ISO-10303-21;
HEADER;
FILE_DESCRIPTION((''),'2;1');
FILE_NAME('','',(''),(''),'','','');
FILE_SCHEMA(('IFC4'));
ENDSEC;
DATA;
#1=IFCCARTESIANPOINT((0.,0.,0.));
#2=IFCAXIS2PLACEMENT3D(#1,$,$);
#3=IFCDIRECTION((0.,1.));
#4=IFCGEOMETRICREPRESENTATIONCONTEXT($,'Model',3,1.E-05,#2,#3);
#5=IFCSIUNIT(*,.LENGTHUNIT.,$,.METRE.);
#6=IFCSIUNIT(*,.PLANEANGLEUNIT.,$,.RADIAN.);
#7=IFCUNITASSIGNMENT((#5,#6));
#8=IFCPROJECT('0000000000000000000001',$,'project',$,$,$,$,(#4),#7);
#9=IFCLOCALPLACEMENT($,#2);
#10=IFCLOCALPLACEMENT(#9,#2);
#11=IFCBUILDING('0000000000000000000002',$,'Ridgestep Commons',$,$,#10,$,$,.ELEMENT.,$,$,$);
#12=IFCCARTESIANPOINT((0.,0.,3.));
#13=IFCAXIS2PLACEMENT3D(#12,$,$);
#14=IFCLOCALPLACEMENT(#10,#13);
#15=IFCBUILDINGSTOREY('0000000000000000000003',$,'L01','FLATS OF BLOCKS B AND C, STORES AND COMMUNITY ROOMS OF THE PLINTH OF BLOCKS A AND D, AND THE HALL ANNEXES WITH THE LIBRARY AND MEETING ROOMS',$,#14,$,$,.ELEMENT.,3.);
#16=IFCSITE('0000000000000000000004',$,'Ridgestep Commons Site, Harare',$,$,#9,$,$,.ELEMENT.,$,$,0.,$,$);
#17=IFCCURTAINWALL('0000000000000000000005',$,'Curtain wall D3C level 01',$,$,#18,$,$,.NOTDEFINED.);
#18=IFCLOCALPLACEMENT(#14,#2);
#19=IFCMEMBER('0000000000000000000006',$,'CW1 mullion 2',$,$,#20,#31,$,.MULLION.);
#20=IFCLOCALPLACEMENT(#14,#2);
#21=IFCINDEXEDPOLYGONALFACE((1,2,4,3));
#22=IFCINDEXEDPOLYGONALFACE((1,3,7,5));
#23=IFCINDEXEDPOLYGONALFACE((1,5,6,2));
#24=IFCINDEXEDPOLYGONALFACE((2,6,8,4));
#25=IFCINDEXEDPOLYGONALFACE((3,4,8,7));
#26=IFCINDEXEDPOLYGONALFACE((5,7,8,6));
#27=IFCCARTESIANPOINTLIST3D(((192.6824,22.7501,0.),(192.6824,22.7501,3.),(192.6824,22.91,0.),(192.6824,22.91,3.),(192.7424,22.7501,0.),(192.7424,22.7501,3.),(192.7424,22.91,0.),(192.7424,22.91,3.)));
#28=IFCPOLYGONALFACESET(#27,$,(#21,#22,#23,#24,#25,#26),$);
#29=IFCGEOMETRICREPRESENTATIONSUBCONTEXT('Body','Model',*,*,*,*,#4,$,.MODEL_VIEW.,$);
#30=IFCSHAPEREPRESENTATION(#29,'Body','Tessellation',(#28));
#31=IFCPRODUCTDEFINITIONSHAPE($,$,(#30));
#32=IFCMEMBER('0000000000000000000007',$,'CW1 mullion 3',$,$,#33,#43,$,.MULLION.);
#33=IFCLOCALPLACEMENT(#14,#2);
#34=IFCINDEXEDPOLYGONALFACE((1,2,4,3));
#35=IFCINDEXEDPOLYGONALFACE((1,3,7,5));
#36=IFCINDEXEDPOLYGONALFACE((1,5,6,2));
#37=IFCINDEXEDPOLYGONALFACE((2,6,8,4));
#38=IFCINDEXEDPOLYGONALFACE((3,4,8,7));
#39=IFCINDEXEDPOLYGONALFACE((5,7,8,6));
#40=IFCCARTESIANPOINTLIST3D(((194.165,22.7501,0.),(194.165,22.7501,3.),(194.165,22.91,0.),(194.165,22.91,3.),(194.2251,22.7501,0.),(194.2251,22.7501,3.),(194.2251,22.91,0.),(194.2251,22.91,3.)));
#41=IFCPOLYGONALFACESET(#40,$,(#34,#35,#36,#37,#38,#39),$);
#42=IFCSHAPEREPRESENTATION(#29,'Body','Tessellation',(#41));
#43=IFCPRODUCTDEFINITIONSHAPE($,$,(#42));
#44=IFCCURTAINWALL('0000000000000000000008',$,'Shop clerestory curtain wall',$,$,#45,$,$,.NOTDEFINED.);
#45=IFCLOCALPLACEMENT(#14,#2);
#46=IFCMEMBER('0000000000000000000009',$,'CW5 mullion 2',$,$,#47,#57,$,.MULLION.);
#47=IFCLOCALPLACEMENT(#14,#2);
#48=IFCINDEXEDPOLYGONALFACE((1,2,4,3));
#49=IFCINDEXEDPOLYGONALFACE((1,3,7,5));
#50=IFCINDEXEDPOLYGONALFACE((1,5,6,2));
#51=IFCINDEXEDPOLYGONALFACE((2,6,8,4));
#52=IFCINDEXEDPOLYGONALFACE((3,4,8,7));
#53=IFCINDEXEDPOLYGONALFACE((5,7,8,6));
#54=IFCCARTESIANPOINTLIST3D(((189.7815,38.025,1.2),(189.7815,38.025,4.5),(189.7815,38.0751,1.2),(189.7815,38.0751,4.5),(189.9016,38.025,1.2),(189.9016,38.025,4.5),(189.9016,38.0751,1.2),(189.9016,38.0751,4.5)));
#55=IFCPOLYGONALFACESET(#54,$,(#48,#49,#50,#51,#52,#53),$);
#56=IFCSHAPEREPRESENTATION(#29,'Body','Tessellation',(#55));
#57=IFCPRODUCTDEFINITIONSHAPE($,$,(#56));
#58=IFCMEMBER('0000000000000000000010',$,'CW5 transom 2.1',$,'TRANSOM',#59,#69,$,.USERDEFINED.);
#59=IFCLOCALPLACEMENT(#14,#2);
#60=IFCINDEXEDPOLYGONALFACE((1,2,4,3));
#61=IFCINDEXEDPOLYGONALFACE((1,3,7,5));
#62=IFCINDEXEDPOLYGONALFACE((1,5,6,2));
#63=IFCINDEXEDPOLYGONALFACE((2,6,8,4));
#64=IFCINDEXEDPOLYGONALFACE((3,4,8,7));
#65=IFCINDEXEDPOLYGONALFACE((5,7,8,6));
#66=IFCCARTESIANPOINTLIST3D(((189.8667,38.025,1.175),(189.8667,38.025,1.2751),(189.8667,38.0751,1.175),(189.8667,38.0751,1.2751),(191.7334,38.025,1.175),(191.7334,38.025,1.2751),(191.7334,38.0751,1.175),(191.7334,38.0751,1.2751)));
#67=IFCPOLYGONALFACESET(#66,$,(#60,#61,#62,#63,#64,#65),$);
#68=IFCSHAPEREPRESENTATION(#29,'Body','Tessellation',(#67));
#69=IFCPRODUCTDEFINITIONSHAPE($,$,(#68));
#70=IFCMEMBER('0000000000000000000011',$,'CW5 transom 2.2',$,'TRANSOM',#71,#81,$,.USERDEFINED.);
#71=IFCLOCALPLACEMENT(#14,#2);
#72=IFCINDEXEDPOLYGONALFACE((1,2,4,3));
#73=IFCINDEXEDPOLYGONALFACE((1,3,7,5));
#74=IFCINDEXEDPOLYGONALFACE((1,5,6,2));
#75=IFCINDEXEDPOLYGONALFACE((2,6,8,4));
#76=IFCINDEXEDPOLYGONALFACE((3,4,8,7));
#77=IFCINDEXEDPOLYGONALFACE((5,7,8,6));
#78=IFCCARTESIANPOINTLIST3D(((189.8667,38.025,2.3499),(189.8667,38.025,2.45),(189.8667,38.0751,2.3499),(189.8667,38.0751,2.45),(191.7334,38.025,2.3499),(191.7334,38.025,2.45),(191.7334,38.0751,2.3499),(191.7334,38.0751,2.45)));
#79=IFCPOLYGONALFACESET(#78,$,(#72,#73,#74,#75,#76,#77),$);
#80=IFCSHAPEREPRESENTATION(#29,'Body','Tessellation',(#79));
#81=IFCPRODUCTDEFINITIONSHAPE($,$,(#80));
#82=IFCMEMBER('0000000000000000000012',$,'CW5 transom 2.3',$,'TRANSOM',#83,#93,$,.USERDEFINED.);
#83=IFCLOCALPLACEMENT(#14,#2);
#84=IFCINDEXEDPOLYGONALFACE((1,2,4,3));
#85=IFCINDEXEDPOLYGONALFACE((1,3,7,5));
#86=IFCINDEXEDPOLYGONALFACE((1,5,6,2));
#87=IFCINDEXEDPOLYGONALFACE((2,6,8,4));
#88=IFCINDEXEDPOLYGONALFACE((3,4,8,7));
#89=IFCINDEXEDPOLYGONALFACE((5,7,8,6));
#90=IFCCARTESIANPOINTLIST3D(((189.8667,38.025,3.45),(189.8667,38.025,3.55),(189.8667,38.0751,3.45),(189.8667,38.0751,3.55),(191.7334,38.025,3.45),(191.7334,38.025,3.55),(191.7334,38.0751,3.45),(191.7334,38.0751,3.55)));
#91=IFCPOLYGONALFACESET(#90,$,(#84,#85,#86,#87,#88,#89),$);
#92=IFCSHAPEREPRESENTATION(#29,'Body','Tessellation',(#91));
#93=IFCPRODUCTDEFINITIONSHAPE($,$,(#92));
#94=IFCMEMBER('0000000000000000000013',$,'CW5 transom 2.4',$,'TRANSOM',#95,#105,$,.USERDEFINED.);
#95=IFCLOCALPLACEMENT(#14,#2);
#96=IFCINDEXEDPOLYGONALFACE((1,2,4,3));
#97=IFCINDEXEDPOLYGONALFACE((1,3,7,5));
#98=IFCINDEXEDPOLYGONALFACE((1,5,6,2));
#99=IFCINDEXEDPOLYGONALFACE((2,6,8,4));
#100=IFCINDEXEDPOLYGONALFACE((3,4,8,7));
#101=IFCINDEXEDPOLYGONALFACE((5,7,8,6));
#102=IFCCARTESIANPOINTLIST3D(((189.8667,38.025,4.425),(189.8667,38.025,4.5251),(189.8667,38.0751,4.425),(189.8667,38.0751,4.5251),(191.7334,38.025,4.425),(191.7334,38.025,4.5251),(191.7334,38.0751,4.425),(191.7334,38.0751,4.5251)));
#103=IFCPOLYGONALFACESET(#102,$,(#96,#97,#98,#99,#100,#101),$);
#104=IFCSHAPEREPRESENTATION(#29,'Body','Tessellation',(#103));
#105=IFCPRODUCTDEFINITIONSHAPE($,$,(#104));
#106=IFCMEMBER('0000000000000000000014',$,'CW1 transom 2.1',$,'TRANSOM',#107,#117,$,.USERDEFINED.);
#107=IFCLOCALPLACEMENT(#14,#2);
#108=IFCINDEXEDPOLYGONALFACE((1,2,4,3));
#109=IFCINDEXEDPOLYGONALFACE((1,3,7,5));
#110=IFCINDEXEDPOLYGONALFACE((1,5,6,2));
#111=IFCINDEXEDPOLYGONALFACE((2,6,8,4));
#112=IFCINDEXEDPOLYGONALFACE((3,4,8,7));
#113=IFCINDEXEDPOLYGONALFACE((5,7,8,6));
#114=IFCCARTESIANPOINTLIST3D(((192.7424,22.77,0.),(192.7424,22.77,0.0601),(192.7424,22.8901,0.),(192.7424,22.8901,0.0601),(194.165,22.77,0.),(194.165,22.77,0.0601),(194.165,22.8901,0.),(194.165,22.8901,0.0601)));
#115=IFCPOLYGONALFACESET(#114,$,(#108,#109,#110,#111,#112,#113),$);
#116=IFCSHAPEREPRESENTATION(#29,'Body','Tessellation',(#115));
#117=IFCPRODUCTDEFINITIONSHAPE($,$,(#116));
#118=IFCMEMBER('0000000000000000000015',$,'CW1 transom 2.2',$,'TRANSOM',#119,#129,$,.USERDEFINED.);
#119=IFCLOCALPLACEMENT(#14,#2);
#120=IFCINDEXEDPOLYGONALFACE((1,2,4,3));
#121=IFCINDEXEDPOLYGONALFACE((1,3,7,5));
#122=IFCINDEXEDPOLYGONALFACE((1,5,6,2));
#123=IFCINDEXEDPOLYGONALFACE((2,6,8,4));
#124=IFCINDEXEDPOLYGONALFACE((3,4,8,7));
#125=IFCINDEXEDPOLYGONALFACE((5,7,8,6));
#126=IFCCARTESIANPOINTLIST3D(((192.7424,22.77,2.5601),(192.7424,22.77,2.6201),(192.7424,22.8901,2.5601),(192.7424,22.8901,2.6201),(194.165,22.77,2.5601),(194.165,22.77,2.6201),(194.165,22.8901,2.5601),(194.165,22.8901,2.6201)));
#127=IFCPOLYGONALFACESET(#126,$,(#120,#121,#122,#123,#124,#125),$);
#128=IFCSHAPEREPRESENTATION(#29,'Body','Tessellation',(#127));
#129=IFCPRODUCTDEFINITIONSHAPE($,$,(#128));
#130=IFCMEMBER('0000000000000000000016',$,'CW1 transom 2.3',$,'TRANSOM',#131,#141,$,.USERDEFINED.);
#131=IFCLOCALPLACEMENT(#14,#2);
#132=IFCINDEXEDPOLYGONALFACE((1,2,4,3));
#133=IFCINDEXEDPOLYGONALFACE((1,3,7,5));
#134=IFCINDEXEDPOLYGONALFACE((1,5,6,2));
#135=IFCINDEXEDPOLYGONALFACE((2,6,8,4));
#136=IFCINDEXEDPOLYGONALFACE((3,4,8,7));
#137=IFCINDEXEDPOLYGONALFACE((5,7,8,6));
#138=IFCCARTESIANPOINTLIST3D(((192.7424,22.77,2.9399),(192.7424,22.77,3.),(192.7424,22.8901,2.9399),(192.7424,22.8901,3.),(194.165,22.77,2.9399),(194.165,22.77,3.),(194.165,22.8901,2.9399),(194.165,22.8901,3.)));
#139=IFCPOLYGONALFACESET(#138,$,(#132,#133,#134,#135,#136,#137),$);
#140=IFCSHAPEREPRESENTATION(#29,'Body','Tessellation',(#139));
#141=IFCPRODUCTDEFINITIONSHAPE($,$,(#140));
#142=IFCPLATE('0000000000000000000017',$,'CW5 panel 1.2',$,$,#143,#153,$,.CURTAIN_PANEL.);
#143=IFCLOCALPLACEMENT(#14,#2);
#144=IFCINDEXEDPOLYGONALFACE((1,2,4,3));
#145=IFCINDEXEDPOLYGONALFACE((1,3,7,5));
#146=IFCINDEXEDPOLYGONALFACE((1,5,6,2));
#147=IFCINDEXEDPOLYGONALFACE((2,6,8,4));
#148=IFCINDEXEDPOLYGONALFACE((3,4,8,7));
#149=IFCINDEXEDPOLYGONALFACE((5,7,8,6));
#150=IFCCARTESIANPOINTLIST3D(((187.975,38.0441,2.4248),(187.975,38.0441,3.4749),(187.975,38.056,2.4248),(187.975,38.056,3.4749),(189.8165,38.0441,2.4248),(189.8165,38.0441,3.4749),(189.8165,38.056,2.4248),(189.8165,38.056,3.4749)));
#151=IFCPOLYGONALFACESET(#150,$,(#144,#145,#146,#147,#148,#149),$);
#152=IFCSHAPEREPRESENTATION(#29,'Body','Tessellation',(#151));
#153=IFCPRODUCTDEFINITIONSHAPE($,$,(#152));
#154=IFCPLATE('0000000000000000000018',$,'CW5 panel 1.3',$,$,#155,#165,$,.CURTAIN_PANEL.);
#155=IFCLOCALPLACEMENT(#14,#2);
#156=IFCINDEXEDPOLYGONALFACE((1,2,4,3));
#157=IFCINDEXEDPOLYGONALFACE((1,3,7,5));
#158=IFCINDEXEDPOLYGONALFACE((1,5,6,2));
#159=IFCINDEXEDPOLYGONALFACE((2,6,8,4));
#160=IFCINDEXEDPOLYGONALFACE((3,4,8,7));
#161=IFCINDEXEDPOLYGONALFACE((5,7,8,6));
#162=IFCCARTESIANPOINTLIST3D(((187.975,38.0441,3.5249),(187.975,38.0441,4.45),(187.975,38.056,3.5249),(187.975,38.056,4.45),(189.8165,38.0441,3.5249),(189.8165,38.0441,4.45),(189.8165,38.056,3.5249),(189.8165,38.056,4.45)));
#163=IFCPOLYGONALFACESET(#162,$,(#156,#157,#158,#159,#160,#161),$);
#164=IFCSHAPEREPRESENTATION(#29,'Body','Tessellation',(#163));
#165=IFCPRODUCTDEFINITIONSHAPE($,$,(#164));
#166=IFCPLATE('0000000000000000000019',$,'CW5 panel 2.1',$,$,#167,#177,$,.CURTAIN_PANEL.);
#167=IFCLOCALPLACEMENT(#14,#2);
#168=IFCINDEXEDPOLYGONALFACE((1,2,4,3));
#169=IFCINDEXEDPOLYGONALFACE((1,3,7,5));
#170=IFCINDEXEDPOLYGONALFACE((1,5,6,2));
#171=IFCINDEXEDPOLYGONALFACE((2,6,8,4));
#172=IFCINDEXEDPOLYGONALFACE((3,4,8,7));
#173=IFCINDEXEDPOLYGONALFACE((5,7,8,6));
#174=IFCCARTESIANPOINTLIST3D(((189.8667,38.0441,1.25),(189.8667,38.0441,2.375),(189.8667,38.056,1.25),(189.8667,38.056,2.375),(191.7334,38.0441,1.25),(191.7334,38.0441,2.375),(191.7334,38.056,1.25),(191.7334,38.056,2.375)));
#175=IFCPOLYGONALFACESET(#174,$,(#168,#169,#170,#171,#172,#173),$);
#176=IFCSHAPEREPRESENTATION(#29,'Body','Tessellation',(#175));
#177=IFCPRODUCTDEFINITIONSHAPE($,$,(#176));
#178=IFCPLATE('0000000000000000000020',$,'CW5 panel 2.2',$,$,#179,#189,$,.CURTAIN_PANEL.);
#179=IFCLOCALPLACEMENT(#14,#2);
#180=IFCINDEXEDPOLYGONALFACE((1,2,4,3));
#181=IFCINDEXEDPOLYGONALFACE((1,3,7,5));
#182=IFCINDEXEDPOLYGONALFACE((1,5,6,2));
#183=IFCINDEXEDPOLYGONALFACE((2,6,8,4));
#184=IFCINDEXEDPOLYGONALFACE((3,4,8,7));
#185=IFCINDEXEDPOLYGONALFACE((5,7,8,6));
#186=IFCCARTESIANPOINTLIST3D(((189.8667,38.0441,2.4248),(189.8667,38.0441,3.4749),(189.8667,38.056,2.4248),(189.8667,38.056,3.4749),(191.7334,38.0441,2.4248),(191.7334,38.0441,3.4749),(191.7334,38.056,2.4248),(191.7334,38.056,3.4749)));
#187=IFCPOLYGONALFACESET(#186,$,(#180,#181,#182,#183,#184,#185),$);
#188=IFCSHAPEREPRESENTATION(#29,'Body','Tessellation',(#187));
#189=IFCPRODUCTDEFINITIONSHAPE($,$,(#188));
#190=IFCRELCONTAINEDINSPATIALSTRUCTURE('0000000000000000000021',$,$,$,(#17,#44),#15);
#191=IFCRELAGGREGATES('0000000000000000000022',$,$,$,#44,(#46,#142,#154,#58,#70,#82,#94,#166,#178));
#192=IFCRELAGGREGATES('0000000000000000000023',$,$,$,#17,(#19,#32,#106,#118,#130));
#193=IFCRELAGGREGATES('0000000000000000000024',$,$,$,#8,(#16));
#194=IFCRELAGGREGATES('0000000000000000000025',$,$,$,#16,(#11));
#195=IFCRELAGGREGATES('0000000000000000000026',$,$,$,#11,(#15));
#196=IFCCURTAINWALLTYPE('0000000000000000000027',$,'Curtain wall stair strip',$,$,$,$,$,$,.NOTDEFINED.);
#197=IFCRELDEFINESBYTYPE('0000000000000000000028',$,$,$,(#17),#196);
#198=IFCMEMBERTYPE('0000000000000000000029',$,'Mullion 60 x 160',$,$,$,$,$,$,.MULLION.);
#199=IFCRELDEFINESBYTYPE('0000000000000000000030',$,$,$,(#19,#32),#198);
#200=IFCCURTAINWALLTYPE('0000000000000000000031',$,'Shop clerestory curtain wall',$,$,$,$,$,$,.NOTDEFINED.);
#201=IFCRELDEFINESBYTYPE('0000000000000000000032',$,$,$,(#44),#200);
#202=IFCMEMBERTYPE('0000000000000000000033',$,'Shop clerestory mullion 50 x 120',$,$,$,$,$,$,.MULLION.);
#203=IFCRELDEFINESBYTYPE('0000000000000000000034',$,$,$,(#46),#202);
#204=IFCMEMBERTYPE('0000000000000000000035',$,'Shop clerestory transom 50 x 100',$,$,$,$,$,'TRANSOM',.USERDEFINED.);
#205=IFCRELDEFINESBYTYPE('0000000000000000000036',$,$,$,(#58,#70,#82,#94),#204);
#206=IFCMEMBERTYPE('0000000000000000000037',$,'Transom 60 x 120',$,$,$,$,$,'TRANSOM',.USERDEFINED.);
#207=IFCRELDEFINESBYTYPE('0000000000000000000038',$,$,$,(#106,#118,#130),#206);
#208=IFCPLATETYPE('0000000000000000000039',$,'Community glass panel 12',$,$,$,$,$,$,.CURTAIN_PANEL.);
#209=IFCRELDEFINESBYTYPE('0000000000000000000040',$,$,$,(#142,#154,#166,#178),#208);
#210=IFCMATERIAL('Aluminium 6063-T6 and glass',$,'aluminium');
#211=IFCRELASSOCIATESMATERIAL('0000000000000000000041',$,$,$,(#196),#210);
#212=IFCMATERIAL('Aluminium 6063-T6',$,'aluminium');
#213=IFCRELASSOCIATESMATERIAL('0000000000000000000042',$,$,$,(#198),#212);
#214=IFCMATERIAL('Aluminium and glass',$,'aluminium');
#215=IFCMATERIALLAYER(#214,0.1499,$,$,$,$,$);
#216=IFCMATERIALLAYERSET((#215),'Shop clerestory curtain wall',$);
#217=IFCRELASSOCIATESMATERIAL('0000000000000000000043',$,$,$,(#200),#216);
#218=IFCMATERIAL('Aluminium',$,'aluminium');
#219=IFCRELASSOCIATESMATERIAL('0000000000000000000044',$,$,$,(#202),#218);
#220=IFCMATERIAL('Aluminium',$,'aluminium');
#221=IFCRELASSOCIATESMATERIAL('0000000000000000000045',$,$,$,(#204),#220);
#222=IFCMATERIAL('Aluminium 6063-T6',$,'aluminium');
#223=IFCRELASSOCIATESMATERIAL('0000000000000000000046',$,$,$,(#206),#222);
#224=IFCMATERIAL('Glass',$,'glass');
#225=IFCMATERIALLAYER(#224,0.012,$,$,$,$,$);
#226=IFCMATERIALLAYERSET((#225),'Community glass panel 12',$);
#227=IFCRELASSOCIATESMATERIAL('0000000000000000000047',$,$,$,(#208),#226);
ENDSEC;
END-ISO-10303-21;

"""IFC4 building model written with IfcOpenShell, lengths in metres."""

from ifc_helpers import new_model, si_unit, direction, frame, origin, origin_2d, place, context, subcontext, project, spatial, rectangle, extrude, material, layer, layer_set, material_profile, profile_set, type_object, element, aggregate, save


model = new_model("IFC4")

# Units and contexts
model_context = context("Model", 3, precision=1e-05, world=origin(), true_north=direction((0.0, 1.0)))
body_context = subcontext(model_context, "Body", "Model", "MODEL_VIEW")
ifc_project = project(units=[si_unit("LENGTHUNIT", "METRE"), si_unit("PLANEANGLEUNIT", "RADIAN")], contexts=[model_context])

# Site, building, storey
site_placement = place(None, origin())
site = spatial("IfcSite", under=ifc_project, at=site_placement, Name="Ridgestep Commons Site, Harare", CompositionType="ELEMENT", RefElevation=0.0)
building_placement = place(site_placement, origin())
building = spatial("IfcBuilding", under=site, at=building_placement, Name="Ridgestep Commons", CompositionType="ELEMENT")
storey_placement = place(building_placement, frame((0.0, 0.0, 3.0)))
storey = spatial("IfcBuildingStorey", under=building, at=storey_placement, Name="L01", Description="FLATS OF BLOCKS B AND C, STORES AND COMMUNITY ROOMS OF THE PLINTH OF BLOCKS A AND D, AND THE HALL ANNEXES WITH THE LIBRARY AND MEETING ROOMS", CompositionType="ELEMENT", Elevation=3.0)

# Curtain walls, members
ifc_material_1 = material(Name="Aluminium 6063-T6 and glass", Category="aluminium")
curtain_wall_type_1 = type_object("IfcCurtainWallType", Name="Curtain wall stair strip", PredefinedType="NOTDEFINED", material=ifc_material_1)
curtain_wall_1_placement = place(storey_placement, origin())
curtain_wall_1 = element("IfcCurtainWall", 1, at=curtain_wall_1_placement, inside=storey, type_object=curtain_wall_type_1, Name="Curtain wall D3C level 01", PredefinedType="NOTDEFINED")
ifc_material_2 = material(Name="Aluminium 6063-T6", Category="aluminium")
ifc_material_profile_1 = material_profile(ifc_material_2, rectangle(XDim=0.1599, YDim=0.0601, at=origin_2d()), Name="Mullion 60 x 160")
ifc_profile_set_1 = profile_set([ifc_material_profile_1], Name="Aluminium 6063-T6")
member_type_1 = type_object("IfcMemberType", Name="Mullion 60 x 160", PredefinedType="MULLION", material=ifc_profile_set_1)
member_1_placement = place(storey_placement, frame((192.7124, 22.8301, 0.0), z_axis=(0.0, 0.0, 1.0), x_axis=(0.0, 1.0, 0.0)))
member_1 = element("IfcMember", 2, at=member_1_placement, type_object=member_type_1, Name="CW1 mullion 2", PredefinedType="MULLION", context=body_context, shape_type="SweptSolid", body=[
    extrude(rectangle(XDim=0.1599, YDim=0.0601, at=origin_2d()), origin(), (0.0, 0.0, 1.0), 3.0),
])
member_2_placement = place(storey_placement, frame((194.1951, 22.8301, 0.0), z_axis=(0.0, 0.0, 1.0), x_axis=(0.0, 1.0, 0.0)))
member_2 = element("IfcMember", 3, at=member_2_placement, type_object=member_type_1, Name="CW1 mullion 3", PredefinedType="MULLION", context=body_context, shape_type="SweptSolid", body=[
    extrude(rectangle(XDim=0.1599, YDim=0.0601, at=origin_2d()), origin(), (0.0, 0.0, 1.0), 3.0),
])
ifc_material_3 = material(Name="Aluminium and glass", Category="aluminium")
ifc_layer_1 = layer(ifc_material_3, 0.1499)
ifc_layer_set_1 = layer_set([ifc_layer_1], Name="Shop clerestory curtain wall")
curtain_wall_type_2 = type_object("IfcCurtainWallType", Name="Shop clerestory curtain wall", PredefinedType="NOTDEFINED", material=ifc_layer_set_1)
curtain_wall_2_placement = place(storey_placement, origin())
curtain_wall_2 = element("IfcCurtainWall", 4, at=curtain_wall_2_placement, inside=storey, type_object=curtain_wall_type_2, Name="Shop clerestory curtain wall", PredefinedType="NOTDEFINED")
ifc_material_4 = material(Name="Aluminium", Category="aluminium")
ifc_material_profile_2 = material_profile(ifc_material_4, rectangle(XDim=0.05, YDim=0.1201, at=origin_2d()), Name="Shop clerestory mullion 50 x 120")
ifc_profile_set_2 = profile_set([ifc_material_profile_2], Name="Aluminium")
member_type_2 = type_object("IfcMemberType", Name="Shop clerestory mullion 50 x 120", PredefinedType="MULLION", material=ifc_profile_set_2)
member_3_placement = place(storey_placement, frame((189.8416, 38.05, 1.2), z_axis=(0.0, 0.0, 1.0), x_axis=(0.0, 1.0, 0.0)))
member_3 = element("IfcMember", 5, at=member_3_placement, type_object=member_type_2, Name="CW5 mullion 2", PredefinedType="MULLION", context=body_context, shape_type="SweptSolid", body=[
    extrude(rectangle(XDim=0.05, YDim=0.1201, at=origin_2d()), origin(), (0.0, 0.0, 1.0), 3.3),
])
ifc_material_5 = material(Name="Aluminium", Category="aluminium")
ifc_material_profile_3 = material_profile(ifc_material_5, rectangle(XDim=0.05, YDim=0.1001, at=origin_2d()), Name="Shop clerestory transom 50 x 100")
ifc_profile_set_3 = profile_set([ifc_material_profile_3], Name="Aluminium")
member_type_3 = type_object("IfcMemberType", Name="Shop clerestory transom 50 x 100", ElementType="TRANSOM", PredefinedType="USERDEFINED", material=ifc_profile_set_3)
member_4_placement = place(storey_placement, frame((189.8667, 38.05, 1.2251), z_axis=(1.0, 0.0, 0.0), x_axis=(0.0, 1.0, 0.0)))
member_4 = element("IfcMember", 6, at=member_4_placement, type_object=member_type_3, Name="CW5 transom 2.1", ObjectType="TRANSOM", PredefinedType="USERDEFINED", context=body_context, shape_type="SweptSolid", body=[
    extrude(rectangle(XDim=0.05, YDim=0.1001, at=origin_2d()), origin(), (0.0, 0.0, 1.0), 1.8667),
])
member_5_placement = place(storey_placement, frame((189.8667, 38.05, 2.3999), z_axis=(1.0, 0.0, 0.0), x_axis=(0.0, 1.0, 0.0)))
member_5 = element("IfcMember", 7, at=member_5_placement, type_object=member_type_3, Name="CW5 transom 2.2", ObjectType="TRANSOM", PredefinedType="USERDEFINED", context=body_context, shape_type="SweptSolid", body=[
    extrude(rectangle(XDim=0.05, YDim=0.1001, at=origin_2d()), origin(), (0.0, 0.0, 1.0), 1.8667),
])
member_6_placement = place(storey_placement, frame((189.8667, 38.05, 3.5), z_axis=(1.0, 0.0, 0.0), x_axis=(0.0, 1.0, 0.0)))
member_6 = element("IfcMember", 8, at=member_6_placement, type_object=member_type_3, Name="CW5 transom 2.3", ObjectType="TRANSOM", PredefinedType="USERDEFINED", context=body_context, shape_type="SweptSolid", body=[
    extrude(rectangle(XDim=0.05, YDim=0.1001, at=origin_2d()), origin(), (0.0, 0.0, 1.0), 1.8667),
])
member_7_placement = place(storey_placement, frame((189.8667, 38.05, 4.4751), z_axis=(1.0, 0.0, 0.0), x_axis=(0.0, 1.0, 0.0)))
member_7 = element("IfcMember", 9, at=member_7_placement, type_object=member_type_3, Name="CW5 transom 2.4", ObjectType="TRANSOM", PredefinedType="USERDEFINED", context=body_context, shape_type="SweptSolid", body=[
    extrude(rectangle(XDim=0.05, YDim=0.1001, at=origin_2d()), origin(), (0.0, 0.0, 1.0), 1.8667),
])

# Members
ifc_material_6 = material(Name="Aluminium 6063-T6", Category="aluminium")
ifc_material_profile_4 = material_profile(ifc_material_6, rectangle(XDim=0.1201, YDim=0.0601, at=origin_2d()), Name="Transom 60 x 120")
ifc_profile_set_4 = profile_set([ifc_material_profile_4], Name="Aluminium 6063-T6")
member_type_4 = type_object("IfcMemberType", Name="Transom 60 x 120", ElementType="TRANSOM", PredefinedType="USERDEFINED", material=ifc_profile_set_4)
member_8_placement = place(storey_placement, frame((192.7424, 22.8301, 0.03), z_axis=(1.0, 0.0, 0.0), x_axis=(0.0, 1.0, 0.0)))
member_8 = element("IfcMember", 10, at=member_8_placement, type_object=member_type_4, Name="CW1 transom 2.1", ObjectType="TRANSOM", PredefinedType="USERDEFINED", context=body_context, shape_type="SweptSolid", body=[
    extrude(rectangle(XDim=0.1201, YDim=0.0601, at=origin_2d()), origin(), (0.0, 0.0, 1.0), 1.4226),
])
member_9_placement = place(storey_placement, frame((192.7424, 22.8301, 2.5901), z_axis=(1.0, 0.0, 0.0), x_axis=(0.0, 1.0, 0.0)))
member_9 = element("IfcMember", 11, at=member_9_placement, type_object=member_type_4, Name="CW1 transom 2.2", ObjectType="TRANSOM", PredefinedType="USERDEFINED", context=body_context, shape_type="SweptSolid", body=[
    extrude(rectangle(XDim=0.1201, YDim=0.0601, at=origin_2d()), origin(), (0.0, 0.0, 1.0), 1.4226),
])
member_10_placement = place(storey_placement, frame((192.7424, 22.8301, 2.97), z_axis=(1.0, 0.0, 0.0), x_axis=(0.0, 1.0, 0.0)))
member_10 = element("IfcMember", 12, at=member_10_placement, type_object=member_type_4, Name="CW1 transom 2.3", ObjectType="TRANSOM", PredefinedType="USERDEFINED", context=body_context, shape_type="SweptSolid", body=[
    extrude(rectangle(XDim=0.1201, YDim=0.0601, at=origin_2d()), origin(), (0.0, 0.0, 1.0), 1.4226),
])

# Plates
ifc_material_7 = material(Name="Glass", Category="glass")
ifc_layer_2 = layer(ifc_material_7, 0.012)
ifc_layer_set_2 = layer_set([ifc_layer_2], Name="Community glass panel 12")
plate_type_1 = type_object("IfcPlateType", Name="Community glass panel 12", PredefinedType="CURTAIN_PANEL", material=ifc_layer_set_2)
plate_1_placement = place(storey_placement, frame((188.8958, 38.05, 2.4248), z_axis=(0.0, 0.0, 1.0), x_axis=(1.0, 0.0, 0.0)))
plate_1 = element("IfcPlate", 13, at=plate_1_placement, type_object=plate_type_1, Name="CW5 panel 1.2", PredefinedType="CURTAIN_PANEL", context=body_context, shape_type="SweptSolid", body=[
    extrude(rectangle(XDim=1.8416, YDim=0.012, at=origin_2d()), origin(), (0.0, 0.0, 1.0), 1.05),
])
plate_2_placement = place(storey_placement, frame((188.8958, 38.05, 3.5249), z_axis=(0.0, 0.0, 1.0), x_axis=(1.0, 0.0, 0.0)))
plate_2 = element("IfcPlate", 14, at=plate_2_placement, type_object=plate_type_1, Name="CW5 panel 1.3", PredefinedType="CURTAIN_PANEL", context=body_context, shape_type="SweptSolid", body=[
    extrude(rectangle(XDim=1.8416, YDim=0.012, at=origin_2d()), origin(), (0.0, 0.0, 1.0), 0.925),
])
plate_3_placement = place(storey_placement, frame((190.8, 38.05, 1.25), z_axis=(0.0, 0.0, 1.0), x_axis=(1.0, 0.0, 0.0)))
plate_3 = element("IfcPlate", 15, at=plate_3_placement, type_object=plate_type_1, Name="CW5 panel 2.1", PredefinedType="CURTAIN_PANEL", context=body_context, shape_type="SweptSolid", body=[
    extrude(rectangle(XDim=1.8667, YDim=0.012, at=origin_2d()), origin(), (0.0, 0.0, 1.0), 1.125),
])
plate_4_placement = place(storey_placement, frame((190.8, 38.05, 2.4248), z_axis=(0.0, 0.0, 1.0), x_axis=(1.0, 0.0, 0.0)))
plate_4 = element("IfcPlate", 16, at=plate_4_placement, type_object=plate_type_1, Name="CW5 panel 2.2", PredefinedType="CURTAIN_PANEL", context=body_context, shape_type="SweptSolid", body=[
    extrude(rectangle(XDim=1.8667, YDim=0.012, at=origin_2d()), origin(), (0.0, 0.0, 1.0), 1.05),
])
aggregate(curtain_wall_2, [member_3, plate_1, plate_2, member_4, member_5, member_6, member_7, plate_3, plate_4])

aggregate(curtain_wall_1, [member_1, member_2, member_8, member_9, member_10])

save(model, "model.ifc")
